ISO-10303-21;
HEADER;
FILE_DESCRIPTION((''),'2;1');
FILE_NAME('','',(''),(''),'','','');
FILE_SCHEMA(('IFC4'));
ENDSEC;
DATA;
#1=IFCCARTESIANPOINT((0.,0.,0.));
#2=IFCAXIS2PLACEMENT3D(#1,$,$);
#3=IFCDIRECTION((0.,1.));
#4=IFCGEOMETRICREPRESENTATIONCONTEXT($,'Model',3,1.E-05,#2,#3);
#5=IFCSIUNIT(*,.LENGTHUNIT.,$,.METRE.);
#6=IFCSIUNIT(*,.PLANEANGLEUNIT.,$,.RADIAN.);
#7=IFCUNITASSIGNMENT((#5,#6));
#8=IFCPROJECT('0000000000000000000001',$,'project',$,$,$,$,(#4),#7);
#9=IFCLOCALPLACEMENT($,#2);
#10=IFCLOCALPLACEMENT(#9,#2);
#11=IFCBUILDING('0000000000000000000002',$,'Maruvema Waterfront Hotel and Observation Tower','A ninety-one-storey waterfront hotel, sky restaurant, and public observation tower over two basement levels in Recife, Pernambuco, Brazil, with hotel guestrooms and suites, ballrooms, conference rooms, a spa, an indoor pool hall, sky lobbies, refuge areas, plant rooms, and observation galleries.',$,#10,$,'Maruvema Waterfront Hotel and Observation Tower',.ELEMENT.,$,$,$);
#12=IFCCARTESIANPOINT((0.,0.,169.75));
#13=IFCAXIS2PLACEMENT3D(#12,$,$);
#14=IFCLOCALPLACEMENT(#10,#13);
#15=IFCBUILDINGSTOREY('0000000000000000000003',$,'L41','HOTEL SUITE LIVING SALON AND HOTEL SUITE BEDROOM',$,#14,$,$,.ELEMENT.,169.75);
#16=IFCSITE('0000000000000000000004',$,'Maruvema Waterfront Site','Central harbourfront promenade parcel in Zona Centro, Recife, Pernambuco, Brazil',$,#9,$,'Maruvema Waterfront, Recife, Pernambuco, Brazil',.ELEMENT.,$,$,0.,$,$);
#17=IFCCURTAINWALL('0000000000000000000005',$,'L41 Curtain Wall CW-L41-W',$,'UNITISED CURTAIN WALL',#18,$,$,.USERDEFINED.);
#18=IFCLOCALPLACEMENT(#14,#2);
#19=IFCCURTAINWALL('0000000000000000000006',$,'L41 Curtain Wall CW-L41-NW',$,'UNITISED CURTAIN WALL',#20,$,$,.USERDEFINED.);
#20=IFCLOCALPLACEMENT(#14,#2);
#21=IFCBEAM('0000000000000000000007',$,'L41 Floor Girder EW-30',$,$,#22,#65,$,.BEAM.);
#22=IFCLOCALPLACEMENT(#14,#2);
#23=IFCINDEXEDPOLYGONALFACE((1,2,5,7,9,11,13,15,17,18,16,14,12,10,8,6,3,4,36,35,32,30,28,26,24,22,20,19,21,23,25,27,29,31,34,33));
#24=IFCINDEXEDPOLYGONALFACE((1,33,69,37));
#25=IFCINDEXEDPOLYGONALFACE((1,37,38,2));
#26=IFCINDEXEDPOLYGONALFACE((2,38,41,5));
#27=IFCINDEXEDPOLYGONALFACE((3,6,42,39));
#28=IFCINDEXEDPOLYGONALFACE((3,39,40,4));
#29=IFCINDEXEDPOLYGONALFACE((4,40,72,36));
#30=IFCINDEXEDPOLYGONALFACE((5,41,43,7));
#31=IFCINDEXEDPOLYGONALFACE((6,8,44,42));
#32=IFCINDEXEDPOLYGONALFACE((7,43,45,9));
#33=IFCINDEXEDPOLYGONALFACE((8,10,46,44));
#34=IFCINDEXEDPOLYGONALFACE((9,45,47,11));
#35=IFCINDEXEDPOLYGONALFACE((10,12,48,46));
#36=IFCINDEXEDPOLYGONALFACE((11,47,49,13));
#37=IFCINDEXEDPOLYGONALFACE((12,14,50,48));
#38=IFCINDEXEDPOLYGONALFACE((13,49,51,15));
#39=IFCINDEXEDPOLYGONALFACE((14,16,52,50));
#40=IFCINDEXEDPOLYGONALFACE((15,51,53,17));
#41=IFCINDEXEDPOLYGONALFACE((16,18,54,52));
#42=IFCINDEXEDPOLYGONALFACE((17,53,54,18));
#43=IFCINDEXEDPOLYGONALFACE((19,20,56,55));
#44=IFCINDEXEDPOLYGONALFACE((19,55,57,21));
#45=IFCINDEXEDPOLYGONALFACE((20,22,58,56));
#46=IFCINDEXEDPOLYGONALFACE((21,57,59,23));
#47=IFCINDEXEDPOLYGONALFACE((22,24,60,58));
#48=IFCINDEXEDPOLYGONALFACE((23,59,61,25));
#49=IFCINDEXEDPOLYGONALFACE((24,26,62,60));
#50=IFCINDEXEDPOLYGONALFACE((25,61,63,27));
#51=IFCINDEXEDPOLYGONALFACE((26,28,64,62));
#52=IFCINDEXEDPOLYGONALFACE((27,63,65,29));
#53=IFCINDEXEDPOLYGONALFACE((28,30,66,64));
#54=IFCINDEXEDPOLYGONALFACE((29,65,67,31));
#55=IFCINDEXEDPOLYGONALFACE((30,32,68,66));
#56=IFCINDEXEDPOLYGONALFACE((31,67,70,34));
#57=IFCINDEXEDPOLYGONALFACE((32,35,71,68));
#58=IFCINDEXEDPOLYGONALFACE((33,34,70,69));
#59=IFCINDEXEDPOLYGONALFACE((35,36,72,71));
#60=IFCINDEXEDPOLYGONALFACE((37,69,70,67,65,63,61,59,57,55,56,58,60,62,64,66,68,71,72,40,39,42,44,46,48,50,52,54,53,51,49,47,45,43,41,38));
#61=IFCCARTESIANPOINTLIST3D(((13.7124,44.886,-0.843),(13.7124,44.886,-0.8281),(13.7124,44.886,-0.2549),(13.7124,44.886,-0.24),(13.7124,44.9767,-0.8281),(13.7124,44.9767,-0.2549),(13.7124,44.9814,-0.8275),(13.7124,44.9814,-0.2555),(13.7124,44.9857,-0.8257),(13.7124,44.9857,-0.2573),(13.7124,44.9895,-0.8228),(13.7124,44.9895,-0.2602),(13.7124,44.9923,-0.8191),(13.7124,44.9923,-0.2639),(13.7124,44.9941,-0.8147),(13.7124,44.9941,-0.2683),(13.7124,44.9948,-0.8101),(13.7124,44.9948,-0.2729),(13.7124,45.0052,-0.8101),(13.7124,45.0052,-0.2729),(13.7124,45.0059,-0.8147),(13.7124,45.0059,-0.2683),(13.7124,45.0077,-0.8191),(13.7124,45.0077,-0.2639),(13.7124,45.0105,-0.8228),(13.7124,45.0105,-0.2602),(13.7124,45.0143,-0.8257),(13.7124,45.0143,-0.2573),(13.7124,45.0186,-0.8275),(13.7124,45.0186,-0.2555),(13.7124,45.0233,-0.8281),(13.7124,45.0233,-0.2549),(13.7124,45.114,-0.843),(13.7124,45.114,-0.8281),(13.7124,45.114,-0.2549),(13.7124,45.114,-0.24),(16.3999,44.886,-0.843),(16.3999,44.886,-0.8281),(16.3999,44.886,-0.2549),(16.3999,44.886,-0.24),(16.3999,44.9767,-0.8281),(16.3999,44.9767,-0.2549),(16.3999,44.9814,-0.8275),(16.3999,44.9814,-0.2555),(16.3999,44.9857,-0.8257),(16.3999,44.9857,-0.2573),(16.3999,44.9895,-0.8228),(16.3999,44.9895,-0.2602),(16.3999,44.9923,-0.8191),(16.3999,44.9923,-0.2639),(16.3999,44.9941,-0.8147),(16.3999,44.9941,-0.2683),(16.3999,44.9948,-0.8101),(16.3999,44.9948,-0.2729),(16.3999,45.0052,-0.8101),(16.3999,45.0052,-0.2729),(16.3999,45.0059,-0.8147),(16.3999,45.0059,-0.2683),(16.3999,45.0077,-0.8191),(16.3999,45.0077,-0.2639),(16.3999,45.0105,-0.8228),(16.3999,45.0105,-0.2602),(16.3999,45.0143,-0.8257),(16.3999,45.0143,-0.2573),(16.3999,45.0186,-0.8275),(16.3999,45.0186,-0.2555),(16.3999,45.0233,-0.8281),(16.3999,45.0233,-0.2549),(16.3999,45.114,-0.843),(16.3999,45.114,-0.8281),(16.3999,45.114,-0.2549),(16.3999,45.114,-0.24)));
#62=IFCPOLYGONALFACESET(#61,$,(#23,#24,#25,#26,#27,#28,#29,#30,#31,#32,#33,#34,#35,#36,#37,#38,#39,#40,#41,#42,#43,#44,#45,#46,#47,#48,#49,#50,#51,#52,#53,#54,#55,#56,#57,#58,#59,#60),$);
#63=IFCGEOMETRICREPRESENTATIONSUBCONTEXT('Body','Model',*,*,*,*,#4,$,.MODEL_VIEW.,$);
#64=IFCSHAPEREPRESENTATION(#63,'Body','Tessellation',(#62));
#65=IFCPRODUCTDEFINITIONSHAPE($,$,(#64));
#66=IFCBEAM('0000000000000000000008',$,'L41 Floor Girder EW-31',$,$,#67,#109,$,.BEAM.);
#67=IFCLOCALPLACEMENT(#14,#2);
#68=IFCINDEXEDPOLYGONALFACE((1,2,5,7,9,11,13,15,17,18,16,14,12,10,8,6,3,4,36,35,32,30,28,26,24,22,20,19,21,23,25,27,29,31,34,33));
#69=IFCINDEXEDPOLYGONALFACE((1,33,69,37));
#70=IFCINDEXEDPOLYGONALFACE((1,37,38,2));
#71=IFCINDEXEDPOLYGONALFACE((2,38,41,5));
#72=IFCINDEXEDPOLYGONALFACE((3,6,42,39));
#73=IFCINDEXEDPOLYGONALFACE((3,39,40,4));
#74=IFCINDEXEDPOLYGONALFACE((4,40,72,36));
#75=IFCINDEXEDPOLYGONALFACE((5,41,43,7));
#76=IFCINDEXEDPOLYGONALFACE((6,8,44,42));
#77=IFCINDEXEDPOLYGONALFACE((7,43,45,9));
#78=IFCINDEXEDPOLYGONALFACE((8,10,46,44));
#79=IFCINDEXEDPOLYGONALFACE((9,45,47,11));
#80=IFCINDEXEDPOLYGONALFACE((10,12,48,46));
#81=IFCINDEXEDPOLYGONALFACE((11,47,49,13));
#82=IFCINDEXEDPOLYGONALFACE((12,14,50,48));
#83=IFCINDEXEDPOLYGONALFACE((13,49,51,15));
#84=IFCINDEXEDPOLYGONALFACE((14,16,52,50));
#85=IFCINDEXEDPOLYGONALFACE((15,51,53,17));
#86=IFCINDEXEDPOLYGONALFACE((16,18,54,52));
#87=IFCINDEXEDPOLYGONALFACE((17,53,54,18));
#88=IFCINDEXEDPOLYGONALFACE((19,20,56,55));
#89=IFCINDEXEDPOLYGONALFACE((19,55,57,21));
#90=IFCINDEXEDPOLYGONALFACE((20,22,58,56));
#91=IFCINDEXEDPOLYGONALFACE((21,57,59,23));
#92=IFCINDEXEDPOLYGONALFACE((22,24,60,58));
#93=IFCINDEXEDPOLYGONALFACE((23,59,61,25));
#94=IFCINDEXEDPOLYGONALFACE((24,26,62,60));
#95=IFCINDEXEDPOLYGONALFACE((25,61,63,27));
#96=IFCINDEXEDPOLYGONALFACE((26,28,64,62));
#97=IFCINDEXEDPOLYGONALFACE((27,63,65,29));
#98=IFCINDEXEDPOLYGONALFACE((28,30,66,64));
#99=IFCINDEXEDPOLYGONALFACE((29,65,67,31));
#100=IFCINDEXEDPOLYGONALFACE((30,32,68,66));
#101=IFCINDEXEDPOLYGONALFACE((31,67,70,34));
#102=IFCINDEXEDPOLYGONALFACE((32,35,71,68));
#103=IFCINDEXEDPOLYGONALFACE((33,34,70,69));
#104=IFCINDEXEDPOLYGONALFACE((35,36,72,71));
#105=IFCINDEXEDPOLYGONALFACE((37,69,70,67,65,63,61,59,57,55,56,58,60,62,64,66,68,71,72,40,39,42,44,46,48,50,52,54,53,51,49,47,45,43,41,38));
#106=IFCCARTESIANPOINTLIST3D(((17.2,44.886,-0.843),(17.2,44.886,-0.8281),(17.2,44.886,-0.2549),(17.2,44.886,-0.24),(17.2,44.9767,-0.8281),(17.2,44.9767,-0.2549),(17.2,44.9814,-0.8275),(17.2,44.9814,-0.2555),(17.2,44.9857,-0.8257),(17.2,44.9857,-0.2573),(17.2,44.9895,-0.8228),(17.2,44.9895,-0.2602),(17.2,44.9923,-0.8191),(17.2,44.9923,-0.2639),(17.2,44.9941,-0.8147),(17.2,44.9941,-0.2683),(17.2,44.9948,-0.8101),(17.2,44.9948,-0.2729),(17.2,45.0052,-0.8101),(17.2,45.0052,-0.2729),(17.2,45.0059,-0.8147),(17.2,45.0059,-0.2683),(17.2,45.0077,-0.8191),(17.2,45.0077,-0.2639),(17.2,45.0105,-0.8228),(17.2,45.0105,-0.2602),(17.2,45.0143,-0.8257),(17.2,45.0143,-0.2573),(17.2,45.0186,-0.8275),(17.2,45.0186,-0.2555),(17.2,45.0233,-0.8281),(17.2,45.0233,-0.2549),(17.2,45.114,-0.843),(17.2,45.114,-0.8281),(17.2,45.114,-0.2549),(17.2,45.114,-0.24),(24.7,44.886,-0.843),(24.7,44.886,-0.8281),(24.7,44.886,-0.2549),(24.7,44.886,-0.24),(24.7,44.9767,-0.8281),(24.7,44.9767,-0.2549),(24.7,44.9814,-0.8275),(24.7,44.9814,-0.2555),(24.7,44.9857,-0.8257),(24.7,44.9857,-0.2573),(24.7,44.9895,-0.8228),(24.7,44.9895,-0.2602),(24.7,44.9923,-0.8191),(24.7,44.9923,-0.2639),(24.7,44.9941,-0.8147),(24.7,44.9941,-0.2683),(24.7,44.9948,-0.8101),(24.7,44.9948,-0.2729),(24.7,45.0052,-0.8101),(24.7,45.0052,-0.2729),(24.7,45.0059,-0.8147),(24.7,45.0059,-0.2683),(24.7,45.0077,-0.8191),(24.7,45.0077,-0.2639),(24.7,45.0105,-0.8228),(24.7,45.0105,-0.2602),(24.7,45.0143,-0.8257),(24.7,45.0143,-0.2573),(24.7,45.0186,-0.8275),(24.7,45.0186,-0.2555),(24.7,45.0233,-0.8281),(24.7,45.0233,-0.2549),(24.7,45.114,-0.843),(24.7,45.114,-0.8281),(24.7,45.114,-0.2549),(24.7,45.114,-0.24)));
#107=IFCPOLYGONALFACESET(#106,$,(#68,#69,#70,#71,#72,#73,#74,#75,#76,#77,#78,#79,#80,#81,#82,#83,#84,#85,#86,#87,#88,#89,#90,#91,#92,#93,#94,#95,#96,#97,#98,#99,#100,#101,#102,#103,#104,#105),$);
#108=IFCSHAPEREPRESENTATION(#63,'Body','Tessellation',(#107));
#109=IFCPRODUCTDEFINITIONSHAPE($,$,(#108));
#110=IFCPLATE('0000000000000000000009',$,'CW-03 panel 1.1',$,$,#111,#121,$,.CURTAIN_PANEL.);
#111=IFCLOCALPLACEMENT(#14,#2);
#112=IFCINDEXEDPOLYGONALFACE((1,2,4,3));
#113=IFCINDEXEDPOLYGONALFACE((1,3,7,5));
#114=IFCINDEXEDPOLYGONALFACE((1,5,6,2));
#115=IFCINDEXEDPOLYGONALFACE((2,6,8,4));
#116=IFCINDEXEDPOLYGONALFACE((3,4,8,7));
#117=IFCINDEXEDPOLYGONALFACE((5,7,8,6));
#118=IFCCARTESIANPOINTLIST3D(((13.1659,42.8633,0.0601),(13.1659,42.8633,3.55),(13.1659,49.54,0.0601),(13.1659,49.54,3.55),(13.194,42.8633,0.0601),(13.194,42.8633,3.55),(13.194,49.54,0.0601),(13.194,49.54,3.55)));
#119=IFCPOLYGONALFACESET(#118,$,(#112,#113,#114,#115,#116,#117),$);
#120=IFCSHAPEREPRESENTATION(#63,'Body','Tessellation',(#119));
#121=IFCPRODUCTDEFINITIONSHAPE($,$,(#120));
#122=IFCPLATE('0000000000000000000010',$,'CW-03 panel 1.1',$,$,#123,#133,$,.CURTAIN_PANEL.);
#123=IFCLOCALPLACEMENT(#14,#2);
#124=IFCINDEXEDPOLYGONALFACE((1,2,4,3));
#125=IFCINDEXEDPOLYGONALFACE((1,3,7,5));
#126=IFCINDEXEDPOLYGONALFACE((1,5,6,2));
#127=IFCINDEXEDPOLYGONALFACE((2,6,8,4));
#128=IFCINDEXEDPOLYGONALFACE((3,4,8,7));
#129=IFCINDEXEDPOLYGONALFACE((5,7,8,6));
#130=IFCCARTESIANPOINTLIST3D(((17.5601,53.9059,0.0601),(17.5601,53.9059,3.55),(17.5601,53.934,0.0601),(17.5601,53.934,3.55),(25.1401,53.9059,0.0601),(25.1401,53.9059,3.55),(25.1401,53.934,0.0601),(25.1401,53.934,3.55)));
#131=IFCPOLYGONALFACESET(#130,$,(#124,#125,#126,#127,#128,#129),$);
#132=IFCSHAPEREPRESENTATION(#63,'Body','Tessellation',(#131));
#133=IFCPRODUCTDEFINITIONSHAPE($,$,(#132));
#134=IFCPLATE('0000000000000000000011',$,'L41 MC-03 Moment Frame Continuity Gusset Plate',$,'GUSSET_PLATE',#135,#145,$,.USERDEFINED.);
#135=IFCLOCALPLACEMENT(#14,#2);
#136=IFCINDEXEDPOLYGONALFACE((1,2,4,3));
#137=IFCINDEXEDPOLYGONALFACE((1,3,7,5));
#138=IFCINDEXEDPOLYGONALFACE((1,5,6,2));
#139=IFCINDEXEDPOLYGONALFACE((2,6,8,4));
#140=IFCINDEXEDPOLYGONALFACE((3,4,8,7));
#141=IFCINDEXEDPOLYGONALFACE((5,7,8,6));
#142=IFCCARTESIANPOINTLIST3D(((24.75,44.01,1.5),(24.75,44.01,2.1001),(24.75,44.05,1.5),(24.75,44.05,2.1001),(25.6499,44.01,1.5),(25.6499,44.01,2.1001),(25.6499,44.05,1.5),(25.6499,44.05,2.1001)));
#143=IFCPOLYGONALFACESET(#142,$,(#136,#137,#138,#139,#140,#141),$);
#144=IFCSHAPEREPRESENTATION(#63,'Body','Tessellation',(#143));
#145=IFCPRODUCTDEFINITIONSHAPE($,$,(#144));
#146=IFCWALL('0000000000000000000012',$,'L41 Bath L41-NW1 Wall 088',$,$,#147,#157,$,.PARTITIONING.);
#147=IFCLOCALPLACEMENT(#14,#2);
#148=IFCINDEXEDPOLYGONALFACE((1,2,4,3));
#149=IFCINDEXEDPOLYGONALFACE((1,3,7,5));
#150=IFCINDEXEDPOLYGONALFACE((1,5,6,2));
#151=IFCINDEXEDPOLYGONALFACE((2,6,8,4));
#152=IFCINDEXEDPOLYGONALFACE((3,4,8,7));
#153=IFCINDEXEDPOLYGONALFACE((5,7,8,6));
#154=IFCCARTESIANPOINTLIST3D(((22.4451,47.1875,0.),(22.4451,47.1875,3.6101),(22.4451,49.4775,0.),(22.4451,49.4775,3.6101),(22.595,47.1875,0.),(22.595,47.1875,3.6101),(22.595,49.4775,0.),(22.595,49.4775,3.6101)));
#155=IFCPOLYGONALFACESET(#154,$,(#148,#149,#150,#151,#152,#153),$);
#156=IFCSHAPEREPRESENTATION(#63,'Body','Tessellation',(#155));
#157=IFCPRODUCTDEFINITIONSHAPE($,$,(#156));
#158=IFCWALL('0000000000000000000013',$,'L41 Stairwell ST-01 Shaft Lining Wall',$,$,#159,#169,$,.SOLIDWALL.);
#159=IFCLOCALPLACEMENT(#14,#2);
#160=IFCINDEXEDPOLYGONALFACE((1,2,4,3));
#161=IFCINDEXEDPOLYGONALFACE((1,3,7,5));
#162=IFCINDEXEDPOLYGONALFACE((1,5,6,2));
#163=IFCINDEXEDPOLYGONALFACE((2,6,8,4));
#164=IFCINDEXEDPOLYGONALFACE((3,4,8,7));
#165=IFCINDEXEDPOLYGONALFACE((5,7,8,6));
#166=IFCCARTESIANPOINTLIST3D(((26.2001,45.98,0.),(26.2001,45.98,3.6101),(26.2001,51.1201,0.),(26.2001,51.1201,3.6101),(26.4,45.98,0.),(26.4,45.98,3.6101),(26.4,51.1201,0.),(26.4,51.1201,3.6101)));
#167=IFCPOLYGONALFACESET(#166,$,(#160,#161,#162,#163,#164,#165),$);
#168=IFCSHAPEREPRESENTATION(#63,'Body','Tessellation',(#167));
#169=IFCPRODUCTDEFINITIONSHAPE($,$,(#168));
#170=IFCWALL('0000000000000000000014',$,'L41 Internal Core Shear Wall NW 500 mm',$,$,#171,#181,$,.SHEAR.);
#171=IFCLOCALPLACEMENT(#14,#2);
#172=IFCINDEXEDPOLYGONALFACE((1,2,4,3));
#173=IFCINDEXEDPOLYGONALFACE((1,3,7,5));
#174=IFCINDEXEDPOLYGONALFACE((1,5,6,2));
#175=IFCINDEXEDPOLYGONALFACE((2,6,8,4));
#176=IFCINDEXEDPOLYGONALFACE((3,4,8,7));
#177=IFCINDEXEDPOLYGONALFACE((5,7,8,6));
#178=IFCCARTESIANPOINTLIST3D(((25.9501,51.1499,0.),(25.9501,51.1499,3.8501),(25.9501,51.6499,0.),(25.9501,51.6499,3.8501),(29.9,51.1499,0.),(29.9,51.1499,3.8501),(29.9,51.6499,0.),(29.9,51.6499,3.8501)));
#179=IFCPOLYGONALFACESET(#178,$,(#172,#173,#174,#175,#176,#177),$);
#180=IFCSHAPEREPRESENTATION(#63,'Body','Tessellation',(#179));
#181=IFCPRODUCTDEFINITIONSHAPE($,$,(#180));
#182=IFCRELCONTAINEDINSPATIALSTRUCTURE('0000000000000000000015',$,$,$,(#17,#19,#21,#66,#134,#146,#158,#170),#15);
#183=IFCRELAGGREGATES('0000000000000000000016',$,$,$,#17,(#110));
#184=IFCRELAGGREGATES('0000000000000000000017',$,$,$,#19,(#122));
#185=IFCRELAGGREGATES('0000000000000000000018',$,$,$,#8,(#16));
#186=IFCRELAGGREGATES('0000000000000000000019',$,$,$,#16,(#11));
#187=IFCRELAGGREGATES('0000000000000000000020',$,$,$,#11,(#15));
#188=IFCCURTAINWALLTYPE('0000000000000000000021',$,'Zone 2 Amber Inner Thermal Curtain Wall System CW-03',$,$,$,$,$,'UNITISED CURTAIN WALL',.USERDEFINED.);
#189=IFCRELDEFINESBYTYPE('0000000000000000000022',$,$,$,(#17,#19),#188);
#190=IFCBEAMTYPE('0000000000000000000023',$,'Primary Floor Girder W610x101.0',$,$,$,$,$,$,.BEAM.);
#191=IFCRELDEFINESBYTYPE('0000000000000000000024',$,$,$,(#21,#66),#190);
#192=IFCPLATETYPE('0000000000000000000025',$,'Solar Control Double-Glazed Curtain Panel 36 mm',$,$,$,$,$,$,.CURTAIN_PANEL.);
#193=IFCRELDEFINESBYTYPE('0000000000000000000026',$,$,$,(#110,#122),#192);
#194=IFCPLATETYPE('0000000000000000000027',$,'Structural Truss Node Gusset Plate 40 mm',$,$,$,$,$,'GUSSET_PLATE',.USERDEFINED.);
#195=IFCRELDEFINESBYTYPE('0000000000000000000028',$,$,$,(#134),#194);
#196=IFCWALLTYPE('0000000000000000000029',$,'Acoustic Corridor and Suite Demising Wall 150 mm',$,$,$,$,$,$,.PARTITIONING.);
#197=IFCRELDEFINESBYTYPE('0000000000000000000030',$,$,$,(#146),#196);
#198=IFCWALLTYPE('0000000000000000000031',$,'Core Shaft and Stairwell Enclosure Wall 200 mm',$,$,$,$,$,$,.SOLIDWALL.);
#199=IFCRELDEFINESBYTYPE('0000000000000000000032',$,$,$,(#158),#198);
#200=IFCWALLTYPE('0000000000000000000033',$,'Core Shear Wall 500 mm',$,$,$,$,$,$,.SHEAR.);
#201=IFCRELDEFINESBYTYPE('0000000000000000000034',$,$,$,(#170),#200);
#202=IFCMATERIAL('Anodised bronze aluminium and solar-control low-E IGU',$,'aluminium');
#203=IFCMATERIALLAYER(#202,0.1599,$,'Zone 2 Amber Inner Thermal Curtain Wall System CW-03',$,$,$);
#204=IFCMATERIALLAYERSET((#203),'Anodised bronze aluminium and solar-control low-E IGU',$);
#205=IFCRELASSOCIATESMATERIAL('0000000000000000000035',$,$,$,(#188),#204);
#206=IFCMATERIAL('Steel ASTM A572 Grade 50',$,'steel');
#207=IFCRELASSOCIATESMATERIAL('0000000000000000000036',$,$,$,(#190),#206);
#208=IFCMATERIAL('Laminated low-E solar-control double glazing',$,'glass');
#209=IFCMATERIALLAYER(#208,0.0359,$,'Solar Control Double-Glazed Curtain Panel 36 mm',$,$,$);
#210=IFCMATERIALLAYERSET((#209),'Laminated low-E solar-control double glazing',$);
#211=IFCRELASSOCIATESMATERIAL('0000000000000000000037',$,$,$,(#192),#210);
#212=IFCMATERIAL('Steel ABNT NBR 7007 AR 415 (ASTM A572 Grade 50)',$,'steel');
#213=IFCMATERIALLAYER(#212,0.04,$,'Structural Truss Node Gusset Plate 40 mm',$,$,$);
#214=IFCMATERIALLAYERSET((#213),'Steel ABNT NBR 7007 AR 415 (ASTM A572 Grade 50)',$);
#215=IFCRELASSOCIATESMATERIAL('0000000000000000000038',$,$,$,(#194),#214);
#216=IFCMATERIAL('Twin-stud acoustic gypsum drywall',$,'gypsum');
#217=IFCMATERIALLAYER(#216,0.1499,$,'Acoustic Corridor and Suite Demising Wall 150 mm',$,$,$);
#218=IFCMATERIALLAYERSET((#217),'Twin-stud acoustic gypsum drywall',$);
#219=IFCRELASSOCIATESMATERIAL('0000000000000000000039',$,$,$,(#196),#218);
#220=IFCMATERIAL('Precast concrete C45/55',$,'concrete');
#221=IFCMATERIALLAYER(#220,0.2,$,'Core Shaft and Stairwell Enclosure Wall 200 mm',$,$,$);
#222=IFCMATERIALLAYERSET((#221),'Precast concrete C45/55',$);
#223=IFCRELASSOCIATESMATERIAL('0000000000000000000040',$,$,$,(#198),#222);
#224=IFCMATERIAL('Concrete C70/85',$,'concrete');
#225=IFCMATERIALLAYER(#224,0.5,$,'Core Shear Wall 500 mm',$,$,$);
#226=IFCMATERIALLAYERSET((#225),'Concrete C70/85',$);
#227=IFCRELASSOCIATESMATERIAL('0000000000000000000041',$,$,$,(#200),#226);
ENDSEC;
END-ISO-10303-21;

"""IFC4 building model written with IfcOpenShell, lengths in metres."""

from ifc_helpers import new_model, si_unit, direction, frame, frame_2d, origin, origin_2d, place, context, subcontext, project, spatial, rectangle, i_section, extrude, material, layer, layer_set, material_profile, profile_set, type_object, element, aggregate, save


model = new_model("IFC4")

# Units and contexts
model_context = context("Model", 3, precision=1e-05, world=origin(), true_north=direction((0.0, 1.0)))
body_context = subcontext(model_context, "Body", "Model", "MODEL_VIEW")
ifc_project = project(units=[si_unit("LENGTHUNIT", "METRE"), si_unit("PLANEANGLEUNIT", "RADIAN")], contexts=[model_context])

# Site, building, storey
site_placement = place(None, origin())
site = spatial("IfcSite", under=ifc_project, at=site_placement, Name="Maruvema Waterfront Site", Description="Central harbourfront promenade parcel in Zona Centro, Recife, Pernambuco, Brazil", LongName="Maruvema Waterfront, Recife, Pernambuco, Brazil", CompositionType="ELEMENT", RefElevation=0.0)
building_placement = place(site_placement, origin())
building = spatial("IfcBuilding", under=site, at=building_placement, Name="Maruvema Waterfront Hotel and Observation Tower", Description="A ninety-one-storey waterfront hotel, sky restaurant, and public observation tower over two basement levels in Recife, Pernambuco, Brazil, with hotel guestrooms and suites, ballrooms, conference rooms, a spa, an indoor pool hall, sky lobbies, refuge areas, plant rooms, and observation galleries.", LongName="Maruvema Waterfront Hotel and Observation Tower", CompositionType="ELEMENT")
storey_placement = place(building_placement, frame((0.0, 0.0, 169.75)))
storey = spatial("IfcBuildingStorey", under=building, at=storey_placement, Name="L41", Description="HOTEL SUITE LIVING SALON AND HOTEL SUITE BEDROOM", CompositionType="ELEMENT", Elevation=169.75)

# Curtain walls
ifc_material_1 = material(Name="Anodised bronze aluminium and solar-control low-E IGU", Category="aluminium")
ifc_layer_1 = layer(ifc_material_1, 0.1599, Name="Zone 2 Amber Inner Thermal Curtain Wall System CW-03")
ifc_layer_set_1 = layer_set([ifc_layer_1], Name="Anodised bronze aluminium and solar-control low-E IGU")
curtain_wall_type = type_object("IfcCurtainWallType", Name="Zone 2 Amber Inner Thermal Curtain Wall System CW-03", ElementType="UNITISED CURTAIN WALL", PredefinedType="USERDEFINED", material=ifc_layer_set_1)
curtain_wall_1_placement = place(storey_placement, origin())
curtain_wall_1 = element("IfcCurtainWall", 1, at=curtain_wall_1_placement, inside=storey, type_object=curtain_wall_type, Name="L41 Curtain Wall CW-L41-W", ObjectType="UNITISED CURTAIN WALL", PredefinedType="USERDEFINED")
curtain_wall_2_placement = place(storey_placement, origin())
curtain_wall_2 = element("IfcCurtainWall", 2, at=curtain_wall_2_placement, inside=storey, type_object=curtain_wall_type, Name="L41 Curtain Wall CW-L41-NW", ObjectType="UNITISED CURTAIN WALL", PredefinedType="USERDEFINED")

# Beams
ifc_material_2 = material(Name="Steel ASTM A572 Grade 50", Category="steel")
ifc_material_profile_1 = material_profile(ifc_material_2, i_section(OverallWidth=0.228, OverallDepth=0.603, WebThickness=0.0105, FlangeThickness=0.0149, FilletRadius=0.0181, at=origin_2d()), Name="W610x101.0")
ifc_profile_set_1 = profile_set([ifc_material_profile_1], Name="Steel ASTM A572 Grade 50")
beam_type = type_object("IfcBeamType", Name="Primary Floor Girder W610x101.0", PredefinedType="BEAM", material=ifc_profile_set_1)
beam_1_placement = place(storey_placement, frame((13.7124, 45.0, -0.5415), z_axis=(1.0, 0.0, 0.0), x_axis=(0.0, 1.0, 0.0)))
element("IfcBeam", 3, at=beam_1_placement, inside=storey, type_object=beam_type, Name="L41 Floor Girder EW-30", PredefinedType="BEAM", context=body_context, shape_type="SweptSolid", body=[
    extrude(i_section(OverallWidth=0.228, OverallDepth=0.603, WebThickness=0.0105, FlangeThickness=0.0149, FilletRadius=0.0181, at=origin_2d()), origin(), (0.0, 0.0, 1.0), 2.6875),
])
beam_2_placement = place(storey_placement, frame((17.2, 45.0, -0.5415), z_axis=(1.0, 0.0, 0.0), x_axis=(0.0, 1.0, 0.0)))
element("IfcBeam", 4, at=beam_2_placement, inside=storey, type_object=beam_type, Name="L41 Floor Girder EW-31", PredefinedType="BEAM", context=body_context, shape_type="SweptSolid", body=[
    extrude(i_section(OverallWidth=0.228, OverallDepth=0.603, WebThickness=0.0105, FlangeThickness=0.0149, FilletRadius=0.0181, at=origin_2d()), origin(), (0.0, 0.0, 1.0), 7.5),
])

# Plates
ifc_material_3 = material(Name="Laminated low-E solar-control double glazing", Category="glass")
ifc_layer_2 = layer(ifc_material_3, 0.0359, Name="Solar Control Double-Glazed Curtain Panel 36 mm")
ifc_layer_set_2 = layer_set([ifc_layer_2], Name="Laminated low-E solar-control double glazing")
plate_type_1 = type_object("IfcPlateType", Name="Solar Control Double-Glazed Curtain Panel 36 mm", PredefinedType="CURTAIN_PANEL", material=ifc_layer_set_2)
plate_1_placement = place(storey_placement, frame((13.1799, 46.2017, 0.0601), z_axis=(0.0, 0.0, 1.0), x_axis=(0.0, -1.0, 0.0)))
plate_1 = element("IfcPlate", 5, at=plate_1_placement, type_object=plate_type_1, Name="CW-03 panel 1.1", PredefinedType="CURTAIN_PANEL", context=body_context, shape_type="SweptSolid", body=[
    extrude(rectangle(XDim=6.6768, YDim=0.0281, at=origin_2d()), origin(), (0.0, 0.0, 1.0), 3.49),
])
aggregate(curtain_wall_1, [plate_1])
plate_2_placement = place(storey_placement, frame((21.3501, 53.9199, 0.0601), z_axis=(0.0, 0.0, 1.0), x_axis=(-1.0, 0.0, 0.0)))
plate_2 = element("IfcPlate", 6, at=plate_2_placement, type_object=plate_type_1, Name="CW-03 panel 1.1", PredefinedType="CURTAIN_PANEL", context=body_context, shape_type="SweptSolid", body=[
    extrude(rectangle(XDim=7.5801, YDim=0.0281, at=origin_2d()), origin(), (0.0, 0.0, 1.0), 3.49),
])
aggregate(curtain_wall_2, [plate_2])
ifc_material_4 = material(Name="Steel ABNT NBR 7007 AR 415 (ASTM A572 Grade 50)", Category="steel")
ifc_layer_3 = layer(ifc_material_4, 0.04, Name="Structural Truss Node Gusset Plate 40 mm")
ifc_layer_set_3 = layer_set([ifc_layer_3], Name="Steel ABNT NBR 7007 AR 415 (ASTM A572 Grade 50)")
plate_type_2 = type_object("IfcPlateType", Name="Structural Truss Node Gusset Plate 40 mm", ElementType="GUSSET_PLATE", PredefinedType="USERDEFINED", material=ifc_layer_set_3)
plate_3_placement = place(storey_placement, frame((25.2, 44.03, 1.5), z_axis=(0.0, 0.0, 1.0), x_axis=(1.0, 0.0, 0.0)))
element("IfcPlate", 7, at=plate_3_placement, inside=storey, type_object=plate_type_2, Name="L41 MC-03 Moment Frame Continuity Gusset Plate", ObjectType="GUSSET_PLATE", PredefinedType="USERDEFINED", context=body_context, shape_type="SweptSolid", body=[
    extrude(rectangle(XDim=0.8999, YDim=0.04, at=origin_2d()), origin(), (0.0, 0.0, 1.0), 0.6001),
])

# Walls
ifc_material_5 = material(Name="Twin-stud acoustic gypsum drywall", Category="gypsum")
ifc_layer_4 = layer(ifc_material_5, 0.1499, Name="Acoustic Corridor and Suite Demising Wall 150 mm")
ifc_layer_set_4 = layer_set([ifc_layer_4], Name="Twin-stud acoustic gypsum drywall")
wall_type_1 = type_object("IfcWallType", Name="Acoustic Corridor and Suite Demising Wall 150 mm", PredefinedType="PARTITIONING", material=ifc_layer_set_4)
wall_1_placement = place(storey_placement, frame((22.52, 47.1875, 0.0), z_axis=(0.0, 0.0, 1.0), x_axis=(0.0, 1.0, 0.0)))
element("IfcWall", 8, at=wall_1_placement, inside=storey, type_object=wall_type_1, Name="L41 Bath L41-NW1 Wall 088", PredefinedType="PARTITIONING", context=body_context, shape_type="SweptSolid", body=[
    extrude(rectangle(XDim=2.29, YDim=0.1499, at=frame_2d((1.145, 0.0))), origin(), (0.0, 0.0, 1.0), 3.6101),
])
ifc_material_6 = material(Name="Precast concrete C45/55", Category="concrete")
ifc_layer_5 = layer(ifc_material_6, 0.2, Name="Core Shaft and Stairwell Enclosure Wall 200 mm")
ifc_layer_set_5 = layer_set([ifc_layer_5], Name="Precast concrete C45/55")
wall_type_2 = type_object("IfcWallType", Name="Core Shaft and Stairwell Enclosure Wall 200 mm", PredefinedType="SOLIDWALL", material=ifc_layer_set_5)
wall_2_placement = place(storey_placement, frame((26.3, 45.98, 0.0), z_axis=(0.0, 0.0, 1.0), x_axis=(0.0, 1.0, 0.0)))
element("IfcWall", 9, at=wall_2_placement, inside=storey, type_object=wall_type_2, Name="L41 Stairwell ST-01 Shaft Lining Wall", PredefinedType="SOLIDWALL", context=body_context, shape_type="SweptSolid", body=[
    extrude(rectangle(XDim=5.1401, YDim=0.2, at=frame_2d((2.5701, 0.0))), origin(), (0.0, 0.0, 1.0), 3.6101),
])
ifc_material_7 = material(Name="Concrete C70/85", Category="concrete")
ifc_layer_6 = layer(ifc_material_7, 0.5, Name="Core Shear Wall 500 mm")
ifc_layer_set_6 = layer_set([ifc_layer_6], Name="Concrete C70/85")
wall_type_3 = type_object("IfcWallType", Name="Core Shear Wall 500 mm", PredefinedType="SHEAR", material=ifc_layer_set_6)
wall_3_placement = place(storey_placement, frame((25.95, 51.3999, 0.0), z_axis=(0.0, 0.0, 1.0), x_axis=(1.0, 0.0, 0.0)))
element("IfcWall", 10, at=wall_3_placement, inside=storey, type_object=wall_type_3, Name="L41 Internal Core Shear Wall NW 500 mm", PredefinedType="SHEAR", context=body_context, shape_type="SweptSolid", body=[
    extrude(rectangle(XDim=3.95, YDim=0.5, at=frame_2d((1.9751, 0.0))), origin(), (0.0, 0.0, 1.0), 3.8501),
])

save(model, "model.ifc")
